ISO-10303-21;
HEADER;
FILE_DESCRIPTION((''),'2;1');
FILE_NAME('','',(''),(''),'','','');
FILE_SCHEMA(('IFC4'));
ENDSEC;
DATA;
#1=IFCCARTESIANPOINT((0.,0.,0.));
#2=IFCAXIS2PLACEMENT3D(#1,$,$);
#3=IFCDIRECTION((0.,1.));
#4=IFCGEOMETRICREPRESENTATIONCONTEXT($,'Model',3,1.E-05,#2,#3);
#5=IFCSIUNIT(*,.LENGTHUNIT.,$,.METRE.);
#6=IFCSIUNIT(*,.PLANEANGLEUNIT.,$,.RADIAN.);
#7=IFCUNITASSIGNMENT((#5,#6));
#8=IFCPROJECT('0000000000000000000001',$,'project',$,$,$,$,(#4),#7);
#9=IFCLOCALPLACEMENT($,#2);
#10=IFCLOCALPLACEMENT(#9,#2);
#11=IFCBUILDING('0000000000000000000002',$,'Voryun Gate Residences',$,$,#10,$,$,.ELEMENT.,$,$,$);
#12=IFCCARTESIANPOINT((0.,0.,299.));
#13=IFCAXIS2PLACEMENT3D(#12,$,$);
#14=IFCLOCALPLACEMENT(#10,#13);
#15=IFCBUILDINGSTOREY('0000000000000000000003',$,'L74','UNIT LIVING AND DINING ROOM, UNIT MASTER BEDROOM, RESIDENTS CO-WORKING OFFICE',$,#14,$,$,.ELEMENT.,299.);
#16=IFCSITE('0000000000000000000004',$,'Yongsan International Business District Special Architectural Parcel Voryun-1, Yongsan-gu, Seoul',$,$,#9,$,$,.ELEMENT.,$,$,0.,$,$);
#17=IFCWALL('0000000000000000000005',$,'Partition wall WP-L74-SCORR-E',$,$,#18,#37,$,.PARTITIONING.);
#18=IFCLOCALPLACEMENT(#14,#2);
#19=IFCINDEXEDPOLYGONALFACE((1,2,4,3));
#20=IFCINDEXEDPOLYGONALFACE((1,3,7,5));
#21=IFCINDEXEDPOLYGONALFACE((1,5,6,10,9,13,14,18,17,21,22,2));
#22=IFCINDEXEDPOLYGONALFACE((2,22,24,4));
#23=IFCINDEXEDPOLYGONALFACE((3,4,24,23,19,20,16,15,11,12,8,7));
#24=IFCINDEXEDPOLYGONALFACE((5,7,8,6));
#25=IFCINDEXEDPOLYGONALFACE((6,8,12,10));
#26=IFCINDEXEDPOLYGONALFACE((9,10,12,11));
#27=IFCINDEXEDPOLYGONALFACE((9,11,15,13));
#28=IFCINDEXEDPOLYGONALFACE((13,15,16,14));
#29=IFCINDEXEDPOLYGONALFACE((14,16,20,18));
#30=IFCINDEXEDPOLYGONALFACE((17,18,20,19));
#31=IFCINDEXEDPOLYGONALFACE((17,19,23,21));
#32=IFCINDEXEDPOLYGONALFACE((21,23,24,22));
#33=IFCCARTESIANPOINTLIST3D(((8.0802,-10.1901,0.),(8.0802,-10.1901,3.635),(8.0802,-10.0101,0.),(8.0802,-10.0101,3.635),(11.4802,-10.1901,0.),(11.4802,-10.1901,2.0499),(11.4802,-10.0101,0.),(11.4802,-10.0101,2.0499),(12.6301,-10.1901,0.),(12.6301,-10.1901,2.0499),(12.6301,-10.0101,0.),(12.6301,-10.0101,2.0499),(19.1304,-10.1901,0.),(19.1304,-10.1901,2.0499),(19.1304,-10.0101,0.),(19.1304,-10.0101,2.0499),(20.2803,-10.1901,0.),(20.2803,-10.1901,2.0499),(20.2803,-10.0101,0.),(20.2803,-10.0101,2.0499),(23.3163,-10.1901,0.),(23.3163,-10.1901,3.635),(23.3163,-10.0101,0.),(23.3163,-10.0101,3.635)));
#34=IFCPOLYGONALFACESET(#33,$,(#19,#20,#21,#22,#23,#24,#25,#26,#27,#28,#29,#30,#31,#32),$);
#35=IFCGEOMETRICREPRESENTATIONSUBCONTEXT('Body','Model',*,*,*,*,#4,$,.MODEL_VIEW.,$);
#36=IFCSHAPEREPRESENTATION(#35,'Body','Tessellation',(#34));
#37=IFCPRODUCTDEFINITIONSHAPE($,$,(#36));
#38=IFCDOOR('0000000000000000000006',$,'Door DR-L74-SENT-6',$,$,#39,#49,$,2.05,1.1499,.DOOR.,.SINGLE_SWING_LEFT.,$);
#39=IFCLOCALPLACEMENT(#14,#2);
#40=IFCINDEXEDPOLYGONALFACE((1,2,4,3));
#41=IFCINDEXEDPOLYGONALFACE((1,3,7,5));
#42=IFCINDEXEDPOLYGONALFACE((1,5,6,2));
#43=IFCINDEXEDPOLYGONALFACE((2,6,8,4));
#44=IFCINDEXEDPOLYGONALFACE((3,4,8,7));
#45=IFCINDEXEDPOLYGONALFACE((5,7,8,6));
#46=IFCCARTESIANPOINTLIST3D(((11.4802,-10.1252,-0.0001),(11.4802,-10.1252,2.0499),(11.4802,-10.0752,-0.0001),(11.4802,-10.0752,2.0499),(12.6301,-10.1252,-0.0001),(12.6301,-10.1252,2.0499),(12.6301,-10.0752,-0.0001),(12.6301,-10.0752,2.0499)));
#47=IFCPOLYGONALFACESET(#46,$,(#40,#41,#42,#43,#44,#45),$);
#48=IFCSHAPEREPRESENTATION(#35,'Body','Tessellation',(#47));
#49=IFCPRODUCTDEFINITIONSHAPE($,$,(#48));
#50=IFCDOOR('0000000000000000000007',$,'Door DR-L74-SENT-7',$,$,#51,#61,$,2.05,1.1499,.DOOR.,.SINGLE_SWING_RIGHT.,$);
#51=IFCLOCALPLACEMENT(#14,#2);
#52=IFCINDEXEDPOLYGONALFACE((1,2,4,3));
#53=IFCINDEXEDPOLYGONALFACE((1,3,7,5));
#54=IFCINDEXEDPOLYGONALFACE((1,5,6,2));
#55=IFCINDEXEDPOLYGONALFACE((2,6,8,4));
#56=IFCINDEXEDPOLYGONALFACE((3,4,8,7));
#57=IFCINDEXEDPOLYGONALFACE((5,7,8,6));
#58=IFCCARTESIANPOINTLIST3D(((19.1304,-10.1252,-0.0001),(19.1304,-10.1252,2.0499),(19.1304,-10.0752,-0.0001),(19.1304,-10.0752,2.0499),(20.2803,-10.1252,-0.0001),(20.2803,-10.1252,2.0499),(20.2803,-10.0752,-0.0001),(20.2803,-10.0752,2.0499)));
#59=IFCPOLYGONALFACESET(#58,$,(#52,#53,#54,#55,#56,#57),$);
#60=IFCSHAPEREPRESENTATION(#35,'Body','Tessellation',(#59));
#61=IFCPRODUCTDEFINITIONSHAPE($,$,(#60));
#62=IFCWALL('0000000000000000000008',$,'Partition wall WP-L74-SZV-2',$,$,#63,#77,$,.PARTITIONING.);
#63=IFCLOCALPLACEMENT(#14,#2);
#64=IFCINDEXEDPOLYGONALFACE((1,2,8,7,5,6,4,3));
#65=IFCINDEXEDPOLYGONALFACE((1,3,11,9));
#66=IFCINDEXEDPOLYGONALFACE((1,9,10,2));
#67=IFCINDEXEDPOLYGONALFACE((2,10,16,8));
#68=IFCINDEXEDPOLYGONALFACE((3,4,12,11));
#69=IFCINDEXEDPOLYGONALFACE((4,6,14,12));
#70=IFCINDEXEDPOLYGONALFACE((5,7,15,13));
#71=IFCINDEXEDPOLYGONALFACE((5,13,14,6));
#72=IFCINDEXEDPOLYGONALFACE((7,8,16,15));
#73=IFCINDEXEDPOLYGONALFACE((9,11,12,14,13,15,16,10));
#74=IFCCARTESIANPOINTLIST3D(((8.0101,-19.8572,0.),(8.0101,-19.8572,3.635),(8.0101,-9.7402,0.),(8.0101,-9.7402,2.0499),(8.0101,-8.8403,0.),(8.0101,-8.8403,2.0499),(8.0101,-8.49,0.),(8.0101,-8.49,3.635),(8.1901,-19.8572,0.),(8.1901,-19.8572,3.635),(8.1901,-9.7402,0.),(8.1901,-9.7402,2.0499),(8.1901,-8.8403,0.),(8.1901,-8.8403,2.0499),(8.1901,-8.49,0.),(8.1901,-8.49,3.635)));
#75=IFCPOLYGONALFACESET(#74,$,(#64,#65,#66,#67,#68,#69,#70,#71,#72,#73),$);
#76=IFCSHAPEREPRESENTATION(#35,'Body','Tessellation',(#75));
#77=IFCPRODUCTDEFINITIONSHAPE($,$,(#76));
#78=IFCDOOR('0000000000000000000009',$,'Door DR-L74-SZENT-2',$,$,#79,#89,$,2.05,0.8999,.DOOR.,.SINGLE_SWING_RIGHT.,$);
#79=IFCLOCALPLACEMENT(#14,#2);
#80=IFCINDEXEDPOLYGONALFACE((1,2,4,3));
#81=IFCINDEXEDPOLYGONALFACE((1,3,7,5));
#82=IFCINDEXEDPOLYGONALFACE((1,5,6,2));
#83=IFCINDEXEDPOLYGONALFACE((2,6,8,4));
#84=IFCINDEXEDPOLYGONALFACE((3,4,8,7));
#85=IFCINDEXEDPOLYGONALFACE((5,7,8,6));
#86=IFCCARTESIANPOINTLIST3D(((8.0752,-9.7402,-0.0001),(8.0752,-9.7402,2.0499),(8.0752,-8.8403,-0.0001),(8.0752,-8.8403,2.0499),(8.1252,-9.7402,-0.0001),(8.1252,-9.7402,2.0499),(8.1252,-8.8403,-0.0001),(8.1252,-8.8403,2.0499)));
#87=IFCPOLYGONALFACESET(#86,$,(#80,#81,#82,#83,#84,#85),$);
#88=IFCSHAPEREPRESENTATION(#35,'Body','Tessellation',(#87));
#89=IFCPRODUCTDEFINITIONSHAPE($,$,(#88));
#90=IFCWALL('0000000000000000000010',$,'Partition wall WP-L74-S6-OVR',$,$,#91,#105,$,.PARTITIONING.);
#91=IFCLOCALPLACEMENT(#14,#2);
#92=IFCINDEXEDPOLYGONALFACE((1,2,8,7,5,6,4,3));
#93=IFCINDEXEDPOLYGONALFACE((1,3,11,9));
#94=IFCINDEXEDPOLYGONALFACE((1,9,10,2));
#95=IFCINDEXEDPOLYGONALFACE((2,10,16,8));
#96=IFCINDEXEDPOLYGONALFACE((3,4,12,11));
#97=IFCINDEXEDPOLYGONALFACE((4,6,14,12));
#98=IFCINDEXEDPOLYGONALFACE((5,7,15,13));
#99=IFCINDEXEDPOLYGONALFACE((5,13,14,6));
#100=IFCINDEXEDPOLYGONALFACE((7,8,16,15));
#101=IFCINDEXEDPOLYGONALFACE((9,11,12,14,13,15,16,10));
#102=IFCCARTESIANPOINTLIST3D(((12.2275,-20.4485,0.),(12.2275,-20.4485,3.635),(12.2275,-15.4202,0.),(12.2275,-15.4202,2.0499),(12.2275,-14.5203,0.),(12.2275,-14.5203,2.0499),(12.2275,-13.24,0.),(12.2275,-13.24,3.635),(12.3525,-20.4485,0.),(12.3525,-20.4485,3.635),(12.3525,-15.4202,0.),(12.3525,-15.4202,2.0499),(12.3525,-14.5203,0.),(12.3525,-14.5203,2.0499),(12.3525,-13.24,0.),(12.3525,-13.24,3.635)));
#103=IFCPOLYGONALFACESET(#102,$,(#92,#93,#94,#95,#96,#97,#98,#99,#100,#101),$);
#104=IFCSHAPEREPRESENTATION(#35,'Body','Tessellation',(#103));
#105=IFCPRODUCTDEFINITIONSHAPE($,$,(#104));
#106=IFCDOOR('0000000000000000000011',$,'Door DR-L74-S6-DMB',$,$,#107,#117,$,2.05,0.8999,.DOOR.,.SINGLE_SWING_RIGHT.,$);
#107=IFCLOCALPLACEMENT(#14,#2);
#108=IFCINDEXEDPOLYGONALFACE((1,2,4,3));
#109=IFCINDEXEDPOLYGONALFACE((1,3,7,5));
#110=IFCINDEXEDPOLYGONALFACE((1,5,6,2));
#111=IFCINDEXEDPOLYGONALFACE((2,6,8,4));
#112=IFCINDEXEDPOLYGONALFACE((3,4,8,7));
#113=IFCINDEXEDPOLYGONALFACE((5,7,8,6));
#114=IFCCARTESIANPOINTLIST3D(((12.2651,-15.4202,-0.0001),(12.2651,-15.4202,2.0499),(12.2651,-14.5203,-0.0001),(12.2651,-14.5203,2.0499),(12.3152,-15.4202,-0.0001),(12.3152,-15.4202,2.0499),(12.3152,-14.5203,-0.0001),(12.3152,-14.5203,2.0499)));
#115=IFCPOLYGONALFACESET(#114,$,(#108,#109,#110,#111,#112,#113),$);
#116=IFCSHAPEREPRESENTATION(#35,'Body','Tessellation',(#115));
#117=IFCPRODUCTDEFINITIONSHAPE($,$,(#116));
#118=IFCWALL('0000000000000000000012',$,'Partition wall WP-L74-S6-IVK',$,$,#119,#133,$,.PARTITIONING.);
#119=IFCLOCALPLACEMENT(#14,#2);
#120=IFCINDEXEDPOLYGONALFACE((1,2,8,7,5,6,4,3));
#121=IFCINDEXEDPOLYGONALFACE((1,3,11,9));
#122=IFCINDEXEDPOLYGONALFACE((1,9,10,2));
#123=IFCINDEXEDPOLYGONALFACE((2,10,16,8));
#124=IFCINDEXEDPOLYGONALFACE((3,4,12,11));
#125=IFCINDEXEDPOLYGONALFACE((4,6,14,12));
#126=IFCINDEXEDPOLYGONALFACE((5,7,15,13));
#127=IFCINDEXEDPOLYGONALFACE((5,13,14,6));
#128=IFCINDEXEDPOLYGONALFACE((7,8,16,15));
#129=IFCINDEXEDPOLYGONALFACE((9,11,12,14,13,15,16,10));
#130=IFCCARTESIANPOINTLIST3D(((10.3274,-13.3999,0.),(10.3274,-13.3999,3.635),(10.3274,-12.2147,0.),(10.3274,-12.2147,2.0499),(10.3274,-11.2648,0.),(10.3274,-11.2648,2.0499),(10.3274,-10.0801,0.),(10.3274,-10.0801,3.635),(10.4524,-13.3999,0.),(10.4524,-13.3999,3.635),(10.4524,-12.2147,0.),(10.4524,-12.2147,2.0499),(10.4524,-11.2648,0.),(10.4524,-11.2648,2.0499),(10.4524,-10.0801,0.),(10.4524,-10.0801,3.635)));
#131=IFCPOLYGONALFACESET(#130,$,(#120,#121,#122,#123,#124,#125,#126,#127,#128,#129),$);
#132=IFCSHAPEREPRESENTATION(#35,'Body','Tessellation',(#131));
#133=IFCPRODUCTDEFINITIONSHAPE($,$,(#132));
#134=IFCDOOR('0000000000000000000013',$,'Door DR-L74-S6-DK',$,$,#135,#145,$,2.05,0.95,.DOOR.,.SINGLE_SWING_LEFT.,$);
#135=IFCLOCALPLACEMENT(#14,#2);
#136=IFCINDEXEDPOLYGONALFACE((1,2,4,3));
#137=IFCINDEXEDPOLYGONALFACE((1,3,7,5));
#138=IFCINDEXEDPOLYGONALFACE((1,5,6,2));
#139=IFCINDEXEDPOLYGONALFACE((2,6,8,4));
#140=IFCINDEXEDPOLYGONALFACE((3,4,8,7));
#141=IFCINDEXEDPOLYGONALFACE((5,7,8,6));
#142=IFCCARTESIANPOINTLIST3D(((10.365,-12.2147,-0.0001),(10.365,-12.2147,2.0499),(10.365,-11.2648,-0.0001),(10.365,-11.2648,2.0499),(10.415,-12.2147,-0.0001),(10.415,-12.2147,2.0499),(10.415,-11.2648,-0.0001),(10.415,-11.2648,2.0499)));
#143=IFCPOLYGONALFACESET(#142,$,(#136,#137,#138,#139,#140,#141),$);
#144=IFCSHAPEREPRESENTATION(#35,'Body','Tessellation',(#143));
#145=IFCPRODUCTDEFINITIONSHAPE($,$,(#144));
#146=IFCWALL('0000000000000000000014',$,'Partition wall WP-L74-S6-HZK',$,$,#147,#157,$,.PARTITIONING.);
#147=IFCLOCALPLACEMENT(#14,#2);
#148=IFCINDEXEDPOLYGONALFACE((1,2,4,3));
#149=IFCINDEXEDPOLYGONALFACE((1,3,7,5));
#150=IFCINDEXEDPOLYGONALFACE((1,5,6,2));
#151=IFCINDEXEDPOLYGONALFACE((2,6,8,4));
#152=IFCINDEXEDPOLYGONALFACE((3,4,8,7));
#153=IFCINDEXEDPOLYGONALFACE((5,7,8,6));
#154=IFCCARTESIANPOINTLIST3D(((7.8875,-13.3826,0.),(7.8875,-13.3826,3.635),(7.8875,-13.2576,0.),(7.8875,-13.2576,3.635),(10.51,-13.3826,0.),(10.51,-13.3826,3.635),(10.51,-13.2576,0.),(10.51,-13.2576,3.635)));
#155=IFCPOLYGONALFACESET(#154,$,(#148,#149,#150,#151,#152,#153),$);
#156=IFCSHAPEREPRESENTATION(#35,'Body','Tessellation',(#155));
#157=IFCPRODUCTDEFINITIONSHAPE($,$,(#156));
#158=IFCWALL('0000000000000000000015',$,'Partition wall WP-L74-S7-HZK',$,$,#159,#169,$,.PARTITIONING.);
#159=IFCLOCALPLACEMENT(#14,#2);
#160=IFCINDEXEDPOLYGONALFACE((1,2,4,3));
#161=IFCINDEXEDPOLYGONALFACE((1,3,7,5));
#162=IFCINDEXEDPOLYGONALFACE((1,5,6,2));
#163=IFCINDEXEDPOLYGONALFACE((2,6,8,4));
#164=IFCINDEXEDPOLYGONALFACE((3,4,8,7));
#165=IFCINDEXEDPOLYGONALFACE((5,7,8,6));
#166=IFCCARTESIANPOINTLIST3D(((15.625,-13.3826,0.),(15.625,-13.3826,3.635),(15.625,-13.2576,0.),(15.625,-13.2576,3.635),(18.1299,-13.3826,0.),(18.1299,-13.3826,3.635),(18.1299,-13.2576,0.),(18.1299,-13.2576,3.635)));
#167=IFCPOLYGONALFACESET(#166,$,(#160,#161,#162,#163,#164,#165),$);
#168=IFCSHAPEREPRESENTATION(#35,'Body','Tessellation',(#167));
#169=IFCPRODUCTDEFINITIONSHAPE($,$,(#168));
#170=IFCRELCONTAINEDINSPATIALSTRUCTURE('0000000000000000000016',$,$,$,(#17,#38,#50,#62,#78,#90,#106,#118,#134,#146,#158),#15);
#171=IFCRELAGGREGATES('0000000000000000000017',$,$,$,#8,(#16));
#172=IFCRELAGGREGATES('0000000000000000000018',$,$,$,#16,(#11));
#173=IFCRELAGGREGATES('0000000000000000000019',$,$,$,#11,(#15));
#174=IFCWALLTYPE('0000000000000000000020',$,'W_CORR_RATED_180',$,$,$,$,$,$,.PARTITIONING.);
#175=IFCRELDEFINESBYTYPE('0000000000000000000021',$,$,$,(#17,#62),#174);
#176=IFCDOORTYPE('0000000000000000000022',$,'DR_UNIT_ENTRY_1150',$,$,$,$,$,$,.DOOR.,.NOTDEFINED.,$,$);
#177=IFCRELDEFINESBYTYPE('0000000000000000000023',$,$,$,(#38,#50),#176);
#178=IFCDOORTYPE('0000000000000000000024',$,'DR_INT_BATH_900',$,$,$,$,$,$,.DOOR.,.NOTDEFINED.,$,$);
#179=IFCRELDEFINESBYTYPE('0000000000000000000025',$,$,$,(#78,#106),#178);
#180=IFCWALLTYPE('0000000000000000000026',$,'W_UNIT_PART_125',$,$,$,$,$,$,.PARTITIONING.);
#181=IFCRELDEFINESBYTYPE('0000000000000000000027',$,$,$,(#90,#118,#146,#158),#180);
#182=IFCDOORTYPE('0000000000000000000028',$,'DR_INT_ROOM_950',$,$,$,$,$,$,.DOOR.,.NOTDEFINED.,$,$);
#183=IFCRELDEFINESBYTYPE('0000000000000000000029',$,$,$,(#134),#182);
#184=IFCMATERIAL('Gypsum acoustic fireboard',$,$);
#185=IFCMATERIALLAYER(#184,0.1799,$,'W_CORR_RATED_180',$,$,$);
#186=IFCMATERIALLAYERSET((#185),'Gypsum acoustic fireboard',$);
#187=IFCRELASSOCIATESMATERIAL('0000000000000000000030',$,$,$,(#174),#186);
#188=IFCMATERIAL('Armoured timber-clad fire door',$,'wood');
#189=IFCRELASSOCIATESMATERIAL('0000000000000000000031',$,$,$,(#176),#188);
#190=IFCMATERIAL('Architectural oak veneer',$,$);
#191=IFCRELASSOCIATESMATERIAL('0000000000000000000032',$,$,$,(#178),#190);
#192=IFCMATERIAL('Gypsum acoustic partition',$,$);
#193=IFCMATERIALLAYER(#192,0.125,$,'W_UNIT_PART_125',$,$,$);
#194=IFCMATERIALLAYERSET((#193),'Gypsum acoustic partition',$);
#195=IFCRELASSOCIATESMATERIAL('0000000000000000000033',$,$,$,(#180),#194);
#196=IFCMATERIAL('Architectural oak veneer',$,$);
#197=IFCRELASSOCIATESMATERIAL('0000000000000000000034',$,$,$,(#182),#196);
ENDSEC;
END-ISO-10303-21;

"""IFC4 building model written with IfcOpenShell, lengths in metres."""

from ifc_helpers import new_model, si_unit, direction, frame, frame_2d, origin, place, context, subcontext, project, spatial, rectangle, extrude, material, layer, layer_set, type_object, element, fill, save


model = new_model("IFC4")

# Units and contexts
model_context = context("Model", 3, precision=1e-05, world=origin(), true_north=direction((0.0, 1.0)))
body_context = subcontext(model_context, "Body", "Model", "MODEL_VIEW")
ifc_project = project(units=[si_unit("LENGTHUNIT", "METRE"), si_unit("PLANEANGLEUNIT", "RADIAN")], contexts=[model_context])

# Site, building, storey
site_placement = place(None, origin())
site = spatial("IfcSite", under=ifc_project, at=site_placement, Name="Yongsan International Business District Special Architectural Parcel Voryun-1, Yongsan-gu, Seoul", CompositionType="ELEMENT", RefElevation=0.0)
building_placement = place(site_placement, origin())
building = spatial("IfcBuilding", under=site, at=building_placement, Name="Voryun Gate Residences", CompositionType="ELEMENT")
storey_placement = place(building_placement, frame((0.0, 0.0, 299.0)))
storey = spatial("IfcBuildingStorey", under=building, at=storey_placement, Name="L74", Description="UNIT LIVING AND DINING ROOM, UNIT MASTER BEDROOM, RESIDENTS CO-WORKING OFFICE", CompositionType="ELEMENT", Elevation=299.0)

# Shared definitions
ifc_material_1 = material(Name="Gypsum acoustic fireboard")
ifc_layer_1 = layer(ifc_material_1, 0.1799, Name="W_CORR_RATED_180")
ifc_layer_set_1 = layer_set([ifc_layer_1], Name="Gypsum acoustic fireboard")
wall_type_1 = type_object("IfcWallType", Name="W_CORR_RATED_180", PredefinedType="PARTITIONING", material=ifc_layer_set_1)

# Wall, openings, doors
wall_1_placement = place(storey_placement, frame((8.0801, -10.1001, 0.0), z_axis=(0.0, 0.0, 1.0), x_axis=(1.0, 0.0, 0.0)))
wall_1 = element("IfcWall", 1, at=wall_1_placement, inside=storey, type_object=wall_type_1, Name="Partition wall WP-L74-SCORR-E", PredefinedType="PARTITIONING", context=body_context, shape_type="SweptSolid", body=[
    extrude(rectangle(XDim=15.2361, YDim=0.1799, at=frame_2d((7.6182, 0.0))), origin(), (0.0, 0.0, 1.0), 3.635),
])
opening_1_placement = place(wall_1_placement, frame((3.4001, 0.0, 0.0)))
opening_1 = element("IfcOpeningElement", 2, at=opening_1_placement, cuts=wall_1, PredefinedType="OPENING", context=body_context, shape_type="SweptSolid", body=[
    extrude(rectangle(XDim=1.1499, YDim=2.05, at=frame_2d((0.575, 1.0249))), frame((0.0, 0.0999, 0.0), z_axis=(0.0, -1.0, 0.0), x_axis=(1.0, 0.0, 0.0)), (0.0, 0.0, 1.0), 0.2),
])
opening_2_placement = place(wall_1_placement, frame((11.0503, 0.0, 0.0)))
opening_2 = element("IfcOpeningElement", 3, at=opening_2_placement, cuts=wall_1, PredefinedType="OPENING", context=body_context, shape_type="SweptSolid", body=[
    extrude(rectangle(XDim=1.1499, YDim=2.05, at=frame_2d((0.575, 1.0249))), frame((0.0, 0.0999, 0.0), z_axis=(0.0, -1.0, 0.0), x_axis=(1.0, 0.0, 0.0)), (0.0, 0.0, 1.0), 0.2),
])
ifc_material_2 = material(Name="Armoured timber-clad fire door", Category="wood")
door_type_1 = type_object("IfcDoorType", Name="DR_UNIT_ENTRY_1150", OperationType="NOTDEFINED", PredefinedType="DOOR", material=ifc_material_2)
door_1_placement = place(opening_1_placement, origin())
door_1 = element("IfcDoor", 4, at=door_1_placement, inside=storey, type_object=door_type_1, Name="Door DR-L74-SENT-6", OperationType="SINGLE_SWING_LEFT", OverallHeight=2.05, OverallWidth=1.1499, PredefinedType="DOOR", context=body_context, shape_type="SweptSolid", body=[
    extrude(rectangle(XDim=1.1499, YDim=2.05, at=frame_2d((0.575, 1.0249))), frame((0.0, 0.0249, 0.0), z_axis=(0.0, -1.0, 0.0), x_axis=(1.0, 0.0, 0.0)), (0.0, 0.0, 1.0), 0.05),
])
fill(opening_1, door_1)
door_2_placement = place(opening_2_placement, origin())
door_2 = element("IfcDoor", 5, at=door_2_placement, inside=storey, type_object=door_type_1, Name="Door DR-L74-SENT-7", OperationType="SINGLE_SWING_RIGHT", OverallHeight=2.05, OverallWidth=1.1499, PredefinedType="DOOR", context=body_context, shape_type="SweptSolid", body=[
    extrude(rectangle(XDim=1.1499, YDim=2.05, at=frame_2d((0.575, 1.0249))), frame((0.0, 0.0249, 0.0), z_axis=(0.0, -1.0, 0.0), x_axis=(1.0, 0.0, 0.0)), (0.0, 0.0, 1.0), 0.05),
])
fill(opening_2, door_2)

# Walls, openings, doors
wall_2_placement = place(storey_placement, frame((8.1001, -19.8572, 0.0), z_axis=(0.0, 0.0, 1.0), x_axis=(0.0, 1.0, 0.0)))
wall_2 = element("IfcWall", 6, at=wall_2_placement, inside=storey, type_object=wall_type_1, Name="Partition wall WP-L74-SZV-2", PredefinedType="PARTITIONING", context=body_context, shape_type="SweptSolid", body=[
    extrude(rectangle(XDim=11.3672, YDim=0.1799, at=frame_2d((5.6836, 0.0))), origin(), (0.0, 0.0, 1.0), 3.635),
])
opening_3_placement = place(wall_2_placement, frame((10.1169, 0.0, 0.0)))
opening_3 = element("IfcOpeningElement", 7, at=opening_3_placement, cuts=wall_2, PredefinedType="OPENING", context=body_context, shape_type="SweptSolid", body=[
    extrude(rectangle(XDim=0.8999, YDim=2.05, at=frame_2d((0.45, 1.0249))), frame((0.0, 0.0999, 0.0), z_axis=(0.0, -1.0, 0.0), x_axis=(1.0, 0.0, 0.0)), (0.0, 0.0, 1.0), 0.2),
])
ifc_material_3 = material(Name="Architectural oak veneer")
door_type_2 = type_object("IfcDoorType", Name="DR_INT_BATH_900", OperationType="NOTDEFINED", PredefinedType="DOOR", material=ifc_material_3)
door_3_placement = place(opening_3_placement, origin())
door_3 = element("IfcDoor", 8, at=door_3_placement, inside=storey, type_object=door_type_2, Name="Door DR-L74-SZENT-2", OperationType="SINGLE_SWING_RIGHT", OverallHeight=2.05, OverallWidth=0.8999, PredefinedType="DOOR", context=body_context, shape_type="SweptSolid", body=[
    extrude(rectangle(XDim=0.8999, YDim=2.05, at=frame_2d((0.45, 1.0249))), frame((0.0, 0.0249, 0.0), z_axis=(0.0, -1.0, 0.0), x_axis=(1.0, 0.0, 0.0)), (0.0, 0.0, 1.0), 0.05),
])
fill(opening_3, door_3)
ifc_material_4 = material(Name="Gypsum acoustic partition")
ifc_layer_2 = layer(ifc_material_4, 0.125, Name="W_UNIT_PART_125")
ifc_layer_set_2 = layer_set([ifc_layer_2], Name="Gypsum acoustic partition")
wall_type_2 = type_object("IfcWallType", Name="W_UNIT_PART_125", PredefinedType="PARTITIONING", material=ifc_layer_set_2)
wall_3_placement = place(storey_placement, frame((12.29, -20.4485, 0.0), z_axis=(0.0, 0.0, 1.0), x_axis=(0.0, 1.0, 0.0)))
wall_3 = element("IfcWall", 9, at=wall_3_placement, inside=storey, type_object=wall_type_2, Name="Partition wall WP-L74-S6-OVR", PredefinedType="PARTITIONING", context=body_context, shape_type="SweptSolid", body=[
    extrude(rectangle(XDim=7.2085, YDim=0.125, at=frame_2d((3.6042, 0.0))), origin(), (0.0, 0.0, 1.0), 3.635),
])
opening_4_placement = place(wall_3_placement, frame((5.0283, 0.0, 0.0)))
opening_4 = element("IfcOpeningElement", 10, at=opening_4_placement, cuts=wall_3, PredefinedType="OPENING", context=body_context, shape_type="SweptSolid", body=[
    extrude(rectangle(XDim=0.8999, YDim=2.05, at=frame_2d((0.45, 1.0249))), frame((0.0, 0.0725, 0.0), z_axis=(0.0, -1.0, 0.0), x_axis=(1.0, 0.0, 0.0)), (0.0, 0.0, 1.0), 0.145),
])
door_4_placement = place(opening_4_placement, origin())
door_4 = element("IfcDoor", 11, at=door_4_placement, inside=storey, type_object=door_type_2, Name="Door DR-L74-S6-DMB", OperationType="SINGLE_SWING_RIGHT", OverallHeight=2.05, OverallWidth=0.8999, PredefinedType="DOOR", context=body_context, shape_type="SweptSolid", body=[
    extrude(rectangle(XDim=0.8999, YDim=2.05, at=frame_2d((0.45, 1.0249))), frame((0.0, 0.0249, 0.0), z_axis=(0.0, -1.0, 0.0), x_axis=(1.0, 0.0, 0.0)), (0.0, 0.0, 1.0), 0.05),
])
fill(opening_4, door_4)
wall_4_placement = place(storey_placement, frame((10.3899, -13.3999, 0.0), z_axis=(0.0, 0.0, 1.0), x_axis=(0.0, 1.0, 0.0)))
wall_4 = element("IfcWall", 12, at=wall_4_placement, inside=storey, type_object=wall_type_2, Name="Partition wall WP-L74-S6-IVK", PredefinedType="PARTITIONING", context=body_context, shape_type="SweptSolid", body=[
    extrude(rectangle(XDim=3.3198, YDim=0.125, at=frame_2d((1.6599, 0.0))), origin(), (0.0, 0.0, 1.0), 3.635),
])
opening_5_placement = place(wall_4_placement, frame((1.1851, 0.0, 0.0)))
opening_5 = element("IfcOpeningElement", 13, at=opening_5_placement, cuts=wall_4, PredefinedType="OPENING", context=body_context, shape_type="SweptSolid", body=[
    extrude(rectangle(XDim=0.95, YDim=2.05, at=frame_2d((0.4751, 1.0249))), frame((0.0, 0.0725, 0.0), z_axis=(0.0, -1.0, 0.0), x_axis=(1.0, 0.0, 0.0)), (0.0, 0.0, 1.0), 0.145),
])
ifc_material_5 = material(Name="Architectural oak veneer")
door_type_3 = type_object("IfcDoorType", Name="DR_INT_ROOM_950", OperationType="NOTDEFINED", PredefinedType="DOOR", material=ifc_material_5)
door_5_placement = place(opening_5_placement, origin())
door_5 = element("IfcDoor", 14, at=door_5_placement, inside=storey, type_object=door_type_3, Name="Door DR-L74-S6-DK", OperationType="SINGLE_SWING_LEFT", OverallHeight=2.05, OverallWidth=0.95, PredefinedType="DOOR", context=body_context, shape_type="SweptSolid", body=[
    extrude(rectangle(XDim=0.95, YDim=2.05, at=frame_2d((0.4751, 1.0249))), frame((0.0, 0.0249, 0.0), z_axis=(0.0, -1.0, 0.0), x_axis=(1.0, 0.0, 0.0)), (0.0, 0.0, 1.0), 0.05),
])
fill(opening_5, door_5)

# Walls
wall_5_placement = place(storey_placement, frame((7.8875, -13.3201, 0.0), z_axis=(0.0, 0.0, 1.0), x_axis=(1.0, 0.0, 0.0)))
element("IfcWall", 15, at=wall_5_placement, inside=storey, type_object=wall_type_2, Name="Partition wall WP-L74-S6-HZK", PredefinedType="PARTITIONING", context=body_context, shape_type="SweptSolid", body=[
    extrude(rectangle(XDim=2.6226, YDim=0.125, at=frame_2d((1.3113, 0.0))), origin(), (0.0, 0.0, 1.0), 3.635),
])
wall_6_placement = place(storey_placement, frame((15.625, -13.3201, 0.0), z_axis=(0.0, 0.0, 1.0), x_axis=(1.0, 0.0, 0.0)))
element("IfcWall", 16, at=wall_6_placement, inside=storey, type_object=wall_type_2, Name="Partition wall WP-L74-S7-HZK", PredefinedType="PARTITIONING", context=body_context, shape_type="SweptSolid", body=[
    extrude(rectangle(XDim=2.5049, YDim=0.125, at=frame_2d((1.2524, 0.0))), origin(), (0.0, 0.0, 1.0), 3.635),
])

save(model, "model.ifc")
